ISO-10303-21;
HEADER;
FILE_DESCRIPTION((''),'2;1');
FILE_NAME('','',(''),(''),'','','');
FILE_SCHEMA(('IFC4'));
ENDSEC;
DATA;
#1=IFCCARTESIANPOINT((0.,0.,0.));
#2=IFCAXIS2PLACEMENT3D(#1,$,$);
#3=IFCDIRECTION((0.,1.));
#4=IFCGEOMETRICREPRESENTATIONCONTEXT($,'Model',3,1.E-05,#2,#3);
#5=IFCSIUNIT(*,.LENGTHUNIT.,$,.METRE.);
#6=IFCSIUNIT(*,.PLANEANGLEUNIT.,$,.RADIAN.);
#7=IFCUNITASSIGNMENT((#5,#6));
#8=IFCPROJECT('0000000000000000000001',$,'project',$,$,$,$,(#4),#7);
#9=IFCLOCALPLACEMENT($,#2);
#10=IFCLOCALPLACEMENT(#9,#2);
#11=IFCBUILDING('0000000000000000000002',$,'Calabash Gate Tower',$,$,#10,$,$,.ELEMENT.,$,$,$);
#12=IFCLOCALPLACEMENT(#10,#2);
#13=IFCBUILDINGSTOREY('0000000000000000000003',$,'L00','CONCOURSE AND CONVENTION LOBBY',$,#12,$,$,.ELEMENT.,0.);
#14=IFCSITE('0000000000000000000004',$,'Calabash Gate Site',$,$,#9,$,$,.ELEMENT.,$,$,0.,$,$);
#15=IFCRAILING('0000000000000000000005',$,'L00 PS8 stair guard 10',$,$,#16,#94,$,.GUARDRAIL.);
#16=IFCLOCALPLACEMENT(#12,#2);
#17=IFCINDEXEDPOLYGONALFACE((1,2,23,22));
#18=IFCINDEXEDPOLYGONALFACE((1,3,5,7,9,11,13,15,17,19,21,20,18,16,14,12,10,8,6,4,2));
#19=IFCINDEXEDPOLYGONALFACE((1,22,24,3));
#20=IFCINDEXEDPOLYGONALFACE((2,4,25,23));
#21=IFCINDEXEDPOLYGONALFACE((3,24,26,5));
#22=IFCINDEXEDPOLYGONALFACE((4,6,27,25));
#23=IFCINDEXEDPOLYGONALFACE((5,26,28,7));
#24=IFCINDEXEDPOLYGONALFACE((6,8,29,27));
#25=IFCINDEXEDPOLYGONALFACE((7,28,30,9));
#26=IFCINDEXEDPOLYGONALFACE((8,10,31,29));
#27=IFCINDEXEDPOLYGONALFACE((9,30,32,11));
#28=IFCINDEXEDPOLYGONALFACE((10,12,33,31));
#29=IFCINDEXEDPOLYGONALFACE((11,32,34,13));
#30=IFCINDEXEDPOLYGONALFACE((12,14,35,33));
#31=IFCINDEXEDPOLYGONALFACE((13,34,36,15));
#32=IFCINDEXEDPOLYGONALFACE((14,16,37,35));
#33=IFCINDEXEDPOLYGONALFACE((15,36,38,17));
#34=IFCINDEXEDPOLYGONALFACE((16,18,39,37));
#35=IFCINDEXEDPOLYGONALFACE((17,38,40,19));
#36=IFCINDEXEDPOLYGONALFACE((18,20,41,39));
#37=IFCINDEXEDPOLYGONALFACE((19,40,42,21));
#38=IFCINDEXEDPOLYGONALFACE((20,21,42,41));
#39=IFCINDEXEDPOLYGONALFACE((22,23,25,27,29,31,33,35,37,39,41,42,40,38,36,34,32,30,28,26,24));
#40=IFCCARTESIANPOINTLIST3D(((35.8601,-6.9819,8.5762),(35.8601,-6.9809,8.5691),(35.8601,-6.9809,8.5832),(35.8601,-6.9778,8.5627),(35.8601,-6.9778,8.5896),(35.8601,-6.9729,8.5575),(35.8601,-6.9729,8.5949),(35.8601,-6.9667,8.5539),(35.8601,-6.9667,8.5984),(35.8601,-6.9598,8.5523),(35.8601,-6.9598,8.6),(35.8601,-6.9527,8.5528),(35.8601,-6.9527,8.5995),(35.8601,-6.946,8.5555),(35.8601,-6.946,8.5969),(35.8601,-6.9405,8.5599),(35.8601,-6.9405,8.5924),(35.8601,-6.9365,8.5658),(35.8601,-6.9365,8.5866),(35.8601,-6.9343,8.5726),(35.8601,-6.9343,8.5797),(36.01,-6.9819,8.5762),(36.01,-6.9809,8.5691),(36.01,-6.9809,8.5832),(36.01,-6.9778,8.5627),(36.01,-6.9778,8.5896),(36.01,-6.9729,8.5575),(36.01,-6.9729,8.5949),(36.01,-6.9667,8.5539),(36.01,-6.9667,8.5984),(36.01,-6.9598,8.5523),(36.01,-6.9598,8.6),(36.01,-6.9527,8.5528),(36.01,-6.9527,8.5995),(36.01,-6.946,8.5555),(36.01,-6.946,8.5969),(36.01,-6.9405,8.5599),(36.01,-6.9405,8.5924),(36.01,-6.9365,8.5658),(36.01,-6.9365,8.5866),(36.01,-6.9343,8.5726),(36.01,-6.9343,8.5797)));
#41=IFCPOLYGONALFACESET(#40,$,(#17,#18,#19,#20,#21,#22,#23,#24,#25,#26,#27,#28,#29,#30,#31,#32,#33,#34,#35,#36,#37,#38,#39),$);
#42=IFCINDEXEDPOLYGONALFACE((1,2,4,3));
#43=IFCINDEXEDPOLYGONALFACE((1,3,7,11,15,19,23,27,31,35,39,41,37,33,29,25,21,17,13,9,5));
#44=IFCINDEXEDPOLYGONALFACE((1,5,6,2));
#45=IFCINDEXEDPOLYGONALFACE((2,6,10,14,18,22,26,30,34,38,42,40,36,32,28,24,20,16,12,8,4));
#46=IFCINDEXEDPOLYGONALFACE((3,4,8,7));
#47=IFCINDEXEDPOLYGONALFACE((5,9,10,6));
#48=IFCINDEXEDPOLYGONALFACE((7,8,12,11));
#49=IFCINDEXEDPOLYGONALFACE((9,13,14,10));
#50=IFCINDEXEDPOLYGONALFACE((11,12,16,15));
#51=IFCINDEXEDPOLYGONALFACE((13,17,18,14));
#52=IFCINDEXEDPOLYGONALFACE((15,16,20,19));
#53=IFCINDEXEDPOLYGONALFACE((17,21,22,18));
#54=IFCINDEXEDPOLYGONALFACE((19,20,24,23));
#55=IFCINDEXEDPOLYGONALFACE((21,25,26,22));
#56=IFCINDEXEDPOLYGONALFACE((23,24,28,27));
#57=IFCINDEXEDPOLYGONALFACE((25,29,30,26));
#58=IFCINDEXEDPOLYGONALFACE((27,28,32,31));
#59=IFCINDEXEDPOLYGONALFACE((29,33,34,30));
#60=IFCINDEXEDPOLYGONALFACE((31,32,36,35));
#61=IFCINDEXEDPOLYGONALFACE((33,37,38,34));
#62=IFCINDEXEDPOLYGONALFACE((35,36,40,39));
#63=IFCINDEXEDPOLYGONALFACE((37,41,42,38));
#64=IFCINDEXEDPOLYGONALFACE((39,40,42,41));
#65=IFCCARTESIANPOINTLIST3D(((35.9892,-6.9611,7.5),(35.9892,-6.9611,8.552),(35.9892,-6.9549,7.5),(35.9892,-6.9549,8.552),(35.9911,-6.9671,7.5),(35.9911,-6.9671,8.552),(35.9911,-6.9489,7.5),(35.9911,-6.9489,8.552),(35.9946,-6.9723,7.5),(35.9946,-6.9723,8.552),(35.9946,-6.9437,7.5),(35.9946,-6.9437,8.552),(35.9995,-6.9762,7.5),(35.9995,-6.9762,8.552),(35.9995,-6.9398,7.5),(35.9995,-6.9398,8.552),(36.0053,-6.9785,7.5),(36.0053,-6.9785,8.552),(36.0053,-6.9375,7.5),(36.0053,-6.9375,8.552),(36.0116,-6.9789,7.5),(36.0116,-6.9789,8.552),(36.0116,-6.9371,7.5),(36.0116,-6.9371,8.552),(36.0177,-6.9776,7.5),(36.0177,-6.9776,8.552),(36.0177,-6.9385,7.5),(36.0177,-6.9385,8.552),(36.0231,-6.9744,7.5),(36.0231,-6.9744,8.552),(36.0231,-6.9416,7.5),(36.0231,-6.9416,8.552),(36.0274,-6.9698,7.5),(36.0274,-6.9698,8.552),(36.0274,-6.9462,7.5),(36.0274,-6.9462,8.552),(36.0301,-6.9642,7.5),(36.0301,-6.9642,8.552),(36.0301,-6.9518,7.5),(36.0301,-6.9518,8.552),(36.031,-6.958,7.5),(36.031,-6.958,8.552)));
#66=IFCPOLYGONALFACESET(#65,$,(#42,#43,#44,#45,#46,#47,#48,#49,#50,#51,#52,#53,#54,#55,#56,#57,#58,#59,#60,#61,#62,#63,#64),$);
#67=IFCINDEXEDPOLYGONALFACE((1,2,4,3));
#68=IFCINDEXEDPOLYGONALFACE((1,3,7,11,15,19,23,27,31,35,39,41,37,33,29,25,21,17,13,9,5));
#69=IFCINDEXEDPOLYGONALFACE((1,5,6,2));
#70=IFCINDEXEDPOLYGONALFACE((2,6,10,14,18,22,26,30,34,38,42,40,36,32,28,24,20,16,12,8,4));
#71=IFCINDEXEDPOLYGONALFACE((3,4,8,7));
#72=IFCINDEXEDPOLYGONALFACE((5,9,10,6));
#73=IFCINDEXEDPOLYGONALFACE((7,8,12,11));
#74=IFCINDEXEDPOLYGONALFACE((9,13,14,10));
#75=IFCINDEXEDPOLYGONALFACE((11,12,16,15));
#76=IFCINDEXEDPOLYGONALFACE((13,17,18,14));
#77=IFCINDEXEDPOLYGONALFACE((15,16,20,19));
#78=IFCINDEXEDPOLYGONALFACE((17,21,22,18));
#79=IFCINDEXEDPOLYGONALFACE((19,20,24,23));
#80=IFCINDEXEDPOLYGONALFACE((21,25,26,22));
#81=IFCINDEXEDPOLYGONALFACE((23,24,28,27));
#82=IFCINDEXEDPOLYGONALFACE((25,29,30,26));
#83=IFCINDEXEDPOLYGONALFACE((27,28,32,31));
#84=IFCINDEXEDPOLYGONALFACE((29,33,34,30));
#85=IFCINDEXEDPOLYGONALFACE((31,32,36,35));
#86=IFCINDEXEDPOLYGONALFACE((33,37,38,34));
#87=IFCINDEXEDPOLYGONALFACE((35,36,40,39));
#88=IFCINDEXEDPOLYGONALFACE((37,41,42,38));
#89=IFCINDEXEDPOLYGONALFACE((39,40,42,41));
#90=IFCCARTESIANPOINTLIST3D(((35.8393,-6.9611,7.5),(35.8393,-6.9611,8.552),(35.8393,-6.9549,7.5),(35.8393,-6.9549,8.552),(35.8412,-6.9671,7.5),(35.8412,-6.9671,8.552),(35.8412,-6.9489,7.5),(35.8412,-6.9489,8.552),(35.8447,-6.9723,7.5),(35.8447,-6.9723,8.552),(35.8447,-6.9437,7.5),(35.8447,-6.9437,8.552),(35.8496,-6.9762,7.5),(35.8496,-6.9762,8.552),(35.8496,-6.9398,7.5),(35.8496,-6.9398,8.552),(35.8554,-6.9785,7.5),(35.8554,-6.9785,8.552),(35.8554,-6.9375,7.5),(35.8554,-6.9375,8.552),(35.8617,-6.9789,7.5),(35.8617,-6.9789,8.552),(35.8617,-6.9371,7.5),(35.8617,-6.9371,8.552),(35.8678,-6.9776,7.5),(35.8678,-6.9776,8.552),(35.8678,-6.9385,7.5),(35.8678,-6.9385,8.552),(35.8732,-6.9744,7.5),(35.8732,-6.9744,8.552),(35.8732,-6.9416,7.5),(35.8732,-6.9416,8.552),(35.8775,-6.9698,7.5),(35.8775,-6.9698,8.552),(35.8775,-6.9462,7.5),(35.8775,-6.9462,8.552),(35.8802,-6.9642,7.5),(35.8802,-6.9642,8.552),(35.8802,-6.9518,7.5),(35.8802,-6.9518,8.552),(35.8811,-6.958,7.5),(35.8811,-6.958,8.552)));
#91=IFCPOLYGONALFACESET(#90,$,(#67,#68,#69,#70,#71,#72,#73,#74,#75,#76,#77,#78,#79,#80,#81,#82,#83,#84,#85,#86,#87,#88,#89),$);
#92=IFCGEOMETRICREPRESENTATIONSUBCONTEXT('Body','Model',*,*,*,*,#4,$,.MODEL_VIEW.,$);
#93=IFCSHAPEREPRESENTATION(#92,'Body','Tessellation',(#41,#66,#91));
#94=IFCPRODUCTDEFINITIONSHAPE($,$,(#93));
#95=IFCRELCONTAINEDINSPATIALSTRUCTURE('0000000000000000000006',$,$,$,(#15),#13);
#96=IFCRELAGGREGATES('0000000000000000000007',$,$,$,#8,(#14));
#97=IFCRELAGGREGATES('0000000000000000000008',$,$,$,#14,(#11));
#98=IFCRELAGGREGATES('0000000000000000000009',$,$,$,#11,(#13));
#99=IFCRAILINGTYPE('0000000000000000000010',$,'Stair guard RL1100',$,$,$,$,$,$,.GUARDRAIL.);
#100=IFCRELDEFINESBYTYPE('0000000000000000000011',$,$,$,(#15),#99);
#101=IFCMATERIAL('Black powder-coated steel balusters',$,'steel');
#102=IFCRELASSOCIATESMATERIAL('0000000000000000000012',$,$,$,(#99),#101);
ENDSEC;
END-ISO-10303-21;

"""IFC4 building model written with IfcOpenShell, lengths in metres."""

from ifc_helpers import new_model, si_unit, direction, frame, origin, origin_2d, place, context, subcontext, project, spatial, circle, extrude, material, type_object, element, save


model = new_model("IFC4")

# Units and contexts
model_context = context("Model", 3, precision=1e-05, world=origin(), true_north=direction((0.0, 1.0)))
body_context = subcontext(model_context, "Body", "Model", "MODEL_VIEW")
ifc_project = project(units=[si_unit("LENGTHUNIT", "METRE"), si_unit("PLANEANGLEUNIT", "RADIAN")], contexts=[model_context])

# Site, building, storey
site_placement = place(None, origin())
site = spatial("IfcSite", under=ifc_project, at=site_placement, Name="Calabash Gate Site", CompositionType="ELEMENT", RefElevation=0.0)
building_placement = place(site_placement, origin())
building = spatial("IfcBuilding", under=site, at=building_placement, Name="Calabash Gate Tower", CompositionType="ELEMENT")
storey_placement = place(building_placement, origin())
storey = spatial("IfcBuildingStorey", under=building, at=storey_placement, Name="L00", Description="CONCOURSE AND CONVENTION LOBBY", CompositionType="ELEMENT", Elevation=0.0)

# Railing
ifc_material_1 = material(Name="Black powder-coated steel balusters", Category="steel")
railing_type_1 = type_object("IfcRailingType", Name="Stair guard RL1100", PredefinedType="GUARDRAIL", material=ifc_material_1)
railing_1_placement = place(storey_placement, frame((36.01, -6.958, 7.5)))
element("IfcRailing", 1, at=railing_1_placement, inside=storey, type_object=railing_type_1, Name="L00 PS8 stair guard 10", PredefinedType="GUARDRAIL", context=body_context, shape_type="SweptSolid", body=[
    extrude(circle(Radius=0.0239, at=origin_2d()), frame((0.0, 0.0, 1.0762), z_axis=(-1.0, 0.0, 0.0), x_axis=(0.0, -1.0, 0.0)), (0.0, 0.0, 1.0), 0.1499),
    extrude(circle(Radius=0.021, at=origin_2d()), origin(), (0.0, 0.0, 1.0), 1.052),
    extrude(circle(Radius=0.021, at=origin_2d()), frame((-0.1499, 0.0, 0.0)), (0.0, 0.0, 1.0), 1.052),
])

save(model, "model.ifc")
